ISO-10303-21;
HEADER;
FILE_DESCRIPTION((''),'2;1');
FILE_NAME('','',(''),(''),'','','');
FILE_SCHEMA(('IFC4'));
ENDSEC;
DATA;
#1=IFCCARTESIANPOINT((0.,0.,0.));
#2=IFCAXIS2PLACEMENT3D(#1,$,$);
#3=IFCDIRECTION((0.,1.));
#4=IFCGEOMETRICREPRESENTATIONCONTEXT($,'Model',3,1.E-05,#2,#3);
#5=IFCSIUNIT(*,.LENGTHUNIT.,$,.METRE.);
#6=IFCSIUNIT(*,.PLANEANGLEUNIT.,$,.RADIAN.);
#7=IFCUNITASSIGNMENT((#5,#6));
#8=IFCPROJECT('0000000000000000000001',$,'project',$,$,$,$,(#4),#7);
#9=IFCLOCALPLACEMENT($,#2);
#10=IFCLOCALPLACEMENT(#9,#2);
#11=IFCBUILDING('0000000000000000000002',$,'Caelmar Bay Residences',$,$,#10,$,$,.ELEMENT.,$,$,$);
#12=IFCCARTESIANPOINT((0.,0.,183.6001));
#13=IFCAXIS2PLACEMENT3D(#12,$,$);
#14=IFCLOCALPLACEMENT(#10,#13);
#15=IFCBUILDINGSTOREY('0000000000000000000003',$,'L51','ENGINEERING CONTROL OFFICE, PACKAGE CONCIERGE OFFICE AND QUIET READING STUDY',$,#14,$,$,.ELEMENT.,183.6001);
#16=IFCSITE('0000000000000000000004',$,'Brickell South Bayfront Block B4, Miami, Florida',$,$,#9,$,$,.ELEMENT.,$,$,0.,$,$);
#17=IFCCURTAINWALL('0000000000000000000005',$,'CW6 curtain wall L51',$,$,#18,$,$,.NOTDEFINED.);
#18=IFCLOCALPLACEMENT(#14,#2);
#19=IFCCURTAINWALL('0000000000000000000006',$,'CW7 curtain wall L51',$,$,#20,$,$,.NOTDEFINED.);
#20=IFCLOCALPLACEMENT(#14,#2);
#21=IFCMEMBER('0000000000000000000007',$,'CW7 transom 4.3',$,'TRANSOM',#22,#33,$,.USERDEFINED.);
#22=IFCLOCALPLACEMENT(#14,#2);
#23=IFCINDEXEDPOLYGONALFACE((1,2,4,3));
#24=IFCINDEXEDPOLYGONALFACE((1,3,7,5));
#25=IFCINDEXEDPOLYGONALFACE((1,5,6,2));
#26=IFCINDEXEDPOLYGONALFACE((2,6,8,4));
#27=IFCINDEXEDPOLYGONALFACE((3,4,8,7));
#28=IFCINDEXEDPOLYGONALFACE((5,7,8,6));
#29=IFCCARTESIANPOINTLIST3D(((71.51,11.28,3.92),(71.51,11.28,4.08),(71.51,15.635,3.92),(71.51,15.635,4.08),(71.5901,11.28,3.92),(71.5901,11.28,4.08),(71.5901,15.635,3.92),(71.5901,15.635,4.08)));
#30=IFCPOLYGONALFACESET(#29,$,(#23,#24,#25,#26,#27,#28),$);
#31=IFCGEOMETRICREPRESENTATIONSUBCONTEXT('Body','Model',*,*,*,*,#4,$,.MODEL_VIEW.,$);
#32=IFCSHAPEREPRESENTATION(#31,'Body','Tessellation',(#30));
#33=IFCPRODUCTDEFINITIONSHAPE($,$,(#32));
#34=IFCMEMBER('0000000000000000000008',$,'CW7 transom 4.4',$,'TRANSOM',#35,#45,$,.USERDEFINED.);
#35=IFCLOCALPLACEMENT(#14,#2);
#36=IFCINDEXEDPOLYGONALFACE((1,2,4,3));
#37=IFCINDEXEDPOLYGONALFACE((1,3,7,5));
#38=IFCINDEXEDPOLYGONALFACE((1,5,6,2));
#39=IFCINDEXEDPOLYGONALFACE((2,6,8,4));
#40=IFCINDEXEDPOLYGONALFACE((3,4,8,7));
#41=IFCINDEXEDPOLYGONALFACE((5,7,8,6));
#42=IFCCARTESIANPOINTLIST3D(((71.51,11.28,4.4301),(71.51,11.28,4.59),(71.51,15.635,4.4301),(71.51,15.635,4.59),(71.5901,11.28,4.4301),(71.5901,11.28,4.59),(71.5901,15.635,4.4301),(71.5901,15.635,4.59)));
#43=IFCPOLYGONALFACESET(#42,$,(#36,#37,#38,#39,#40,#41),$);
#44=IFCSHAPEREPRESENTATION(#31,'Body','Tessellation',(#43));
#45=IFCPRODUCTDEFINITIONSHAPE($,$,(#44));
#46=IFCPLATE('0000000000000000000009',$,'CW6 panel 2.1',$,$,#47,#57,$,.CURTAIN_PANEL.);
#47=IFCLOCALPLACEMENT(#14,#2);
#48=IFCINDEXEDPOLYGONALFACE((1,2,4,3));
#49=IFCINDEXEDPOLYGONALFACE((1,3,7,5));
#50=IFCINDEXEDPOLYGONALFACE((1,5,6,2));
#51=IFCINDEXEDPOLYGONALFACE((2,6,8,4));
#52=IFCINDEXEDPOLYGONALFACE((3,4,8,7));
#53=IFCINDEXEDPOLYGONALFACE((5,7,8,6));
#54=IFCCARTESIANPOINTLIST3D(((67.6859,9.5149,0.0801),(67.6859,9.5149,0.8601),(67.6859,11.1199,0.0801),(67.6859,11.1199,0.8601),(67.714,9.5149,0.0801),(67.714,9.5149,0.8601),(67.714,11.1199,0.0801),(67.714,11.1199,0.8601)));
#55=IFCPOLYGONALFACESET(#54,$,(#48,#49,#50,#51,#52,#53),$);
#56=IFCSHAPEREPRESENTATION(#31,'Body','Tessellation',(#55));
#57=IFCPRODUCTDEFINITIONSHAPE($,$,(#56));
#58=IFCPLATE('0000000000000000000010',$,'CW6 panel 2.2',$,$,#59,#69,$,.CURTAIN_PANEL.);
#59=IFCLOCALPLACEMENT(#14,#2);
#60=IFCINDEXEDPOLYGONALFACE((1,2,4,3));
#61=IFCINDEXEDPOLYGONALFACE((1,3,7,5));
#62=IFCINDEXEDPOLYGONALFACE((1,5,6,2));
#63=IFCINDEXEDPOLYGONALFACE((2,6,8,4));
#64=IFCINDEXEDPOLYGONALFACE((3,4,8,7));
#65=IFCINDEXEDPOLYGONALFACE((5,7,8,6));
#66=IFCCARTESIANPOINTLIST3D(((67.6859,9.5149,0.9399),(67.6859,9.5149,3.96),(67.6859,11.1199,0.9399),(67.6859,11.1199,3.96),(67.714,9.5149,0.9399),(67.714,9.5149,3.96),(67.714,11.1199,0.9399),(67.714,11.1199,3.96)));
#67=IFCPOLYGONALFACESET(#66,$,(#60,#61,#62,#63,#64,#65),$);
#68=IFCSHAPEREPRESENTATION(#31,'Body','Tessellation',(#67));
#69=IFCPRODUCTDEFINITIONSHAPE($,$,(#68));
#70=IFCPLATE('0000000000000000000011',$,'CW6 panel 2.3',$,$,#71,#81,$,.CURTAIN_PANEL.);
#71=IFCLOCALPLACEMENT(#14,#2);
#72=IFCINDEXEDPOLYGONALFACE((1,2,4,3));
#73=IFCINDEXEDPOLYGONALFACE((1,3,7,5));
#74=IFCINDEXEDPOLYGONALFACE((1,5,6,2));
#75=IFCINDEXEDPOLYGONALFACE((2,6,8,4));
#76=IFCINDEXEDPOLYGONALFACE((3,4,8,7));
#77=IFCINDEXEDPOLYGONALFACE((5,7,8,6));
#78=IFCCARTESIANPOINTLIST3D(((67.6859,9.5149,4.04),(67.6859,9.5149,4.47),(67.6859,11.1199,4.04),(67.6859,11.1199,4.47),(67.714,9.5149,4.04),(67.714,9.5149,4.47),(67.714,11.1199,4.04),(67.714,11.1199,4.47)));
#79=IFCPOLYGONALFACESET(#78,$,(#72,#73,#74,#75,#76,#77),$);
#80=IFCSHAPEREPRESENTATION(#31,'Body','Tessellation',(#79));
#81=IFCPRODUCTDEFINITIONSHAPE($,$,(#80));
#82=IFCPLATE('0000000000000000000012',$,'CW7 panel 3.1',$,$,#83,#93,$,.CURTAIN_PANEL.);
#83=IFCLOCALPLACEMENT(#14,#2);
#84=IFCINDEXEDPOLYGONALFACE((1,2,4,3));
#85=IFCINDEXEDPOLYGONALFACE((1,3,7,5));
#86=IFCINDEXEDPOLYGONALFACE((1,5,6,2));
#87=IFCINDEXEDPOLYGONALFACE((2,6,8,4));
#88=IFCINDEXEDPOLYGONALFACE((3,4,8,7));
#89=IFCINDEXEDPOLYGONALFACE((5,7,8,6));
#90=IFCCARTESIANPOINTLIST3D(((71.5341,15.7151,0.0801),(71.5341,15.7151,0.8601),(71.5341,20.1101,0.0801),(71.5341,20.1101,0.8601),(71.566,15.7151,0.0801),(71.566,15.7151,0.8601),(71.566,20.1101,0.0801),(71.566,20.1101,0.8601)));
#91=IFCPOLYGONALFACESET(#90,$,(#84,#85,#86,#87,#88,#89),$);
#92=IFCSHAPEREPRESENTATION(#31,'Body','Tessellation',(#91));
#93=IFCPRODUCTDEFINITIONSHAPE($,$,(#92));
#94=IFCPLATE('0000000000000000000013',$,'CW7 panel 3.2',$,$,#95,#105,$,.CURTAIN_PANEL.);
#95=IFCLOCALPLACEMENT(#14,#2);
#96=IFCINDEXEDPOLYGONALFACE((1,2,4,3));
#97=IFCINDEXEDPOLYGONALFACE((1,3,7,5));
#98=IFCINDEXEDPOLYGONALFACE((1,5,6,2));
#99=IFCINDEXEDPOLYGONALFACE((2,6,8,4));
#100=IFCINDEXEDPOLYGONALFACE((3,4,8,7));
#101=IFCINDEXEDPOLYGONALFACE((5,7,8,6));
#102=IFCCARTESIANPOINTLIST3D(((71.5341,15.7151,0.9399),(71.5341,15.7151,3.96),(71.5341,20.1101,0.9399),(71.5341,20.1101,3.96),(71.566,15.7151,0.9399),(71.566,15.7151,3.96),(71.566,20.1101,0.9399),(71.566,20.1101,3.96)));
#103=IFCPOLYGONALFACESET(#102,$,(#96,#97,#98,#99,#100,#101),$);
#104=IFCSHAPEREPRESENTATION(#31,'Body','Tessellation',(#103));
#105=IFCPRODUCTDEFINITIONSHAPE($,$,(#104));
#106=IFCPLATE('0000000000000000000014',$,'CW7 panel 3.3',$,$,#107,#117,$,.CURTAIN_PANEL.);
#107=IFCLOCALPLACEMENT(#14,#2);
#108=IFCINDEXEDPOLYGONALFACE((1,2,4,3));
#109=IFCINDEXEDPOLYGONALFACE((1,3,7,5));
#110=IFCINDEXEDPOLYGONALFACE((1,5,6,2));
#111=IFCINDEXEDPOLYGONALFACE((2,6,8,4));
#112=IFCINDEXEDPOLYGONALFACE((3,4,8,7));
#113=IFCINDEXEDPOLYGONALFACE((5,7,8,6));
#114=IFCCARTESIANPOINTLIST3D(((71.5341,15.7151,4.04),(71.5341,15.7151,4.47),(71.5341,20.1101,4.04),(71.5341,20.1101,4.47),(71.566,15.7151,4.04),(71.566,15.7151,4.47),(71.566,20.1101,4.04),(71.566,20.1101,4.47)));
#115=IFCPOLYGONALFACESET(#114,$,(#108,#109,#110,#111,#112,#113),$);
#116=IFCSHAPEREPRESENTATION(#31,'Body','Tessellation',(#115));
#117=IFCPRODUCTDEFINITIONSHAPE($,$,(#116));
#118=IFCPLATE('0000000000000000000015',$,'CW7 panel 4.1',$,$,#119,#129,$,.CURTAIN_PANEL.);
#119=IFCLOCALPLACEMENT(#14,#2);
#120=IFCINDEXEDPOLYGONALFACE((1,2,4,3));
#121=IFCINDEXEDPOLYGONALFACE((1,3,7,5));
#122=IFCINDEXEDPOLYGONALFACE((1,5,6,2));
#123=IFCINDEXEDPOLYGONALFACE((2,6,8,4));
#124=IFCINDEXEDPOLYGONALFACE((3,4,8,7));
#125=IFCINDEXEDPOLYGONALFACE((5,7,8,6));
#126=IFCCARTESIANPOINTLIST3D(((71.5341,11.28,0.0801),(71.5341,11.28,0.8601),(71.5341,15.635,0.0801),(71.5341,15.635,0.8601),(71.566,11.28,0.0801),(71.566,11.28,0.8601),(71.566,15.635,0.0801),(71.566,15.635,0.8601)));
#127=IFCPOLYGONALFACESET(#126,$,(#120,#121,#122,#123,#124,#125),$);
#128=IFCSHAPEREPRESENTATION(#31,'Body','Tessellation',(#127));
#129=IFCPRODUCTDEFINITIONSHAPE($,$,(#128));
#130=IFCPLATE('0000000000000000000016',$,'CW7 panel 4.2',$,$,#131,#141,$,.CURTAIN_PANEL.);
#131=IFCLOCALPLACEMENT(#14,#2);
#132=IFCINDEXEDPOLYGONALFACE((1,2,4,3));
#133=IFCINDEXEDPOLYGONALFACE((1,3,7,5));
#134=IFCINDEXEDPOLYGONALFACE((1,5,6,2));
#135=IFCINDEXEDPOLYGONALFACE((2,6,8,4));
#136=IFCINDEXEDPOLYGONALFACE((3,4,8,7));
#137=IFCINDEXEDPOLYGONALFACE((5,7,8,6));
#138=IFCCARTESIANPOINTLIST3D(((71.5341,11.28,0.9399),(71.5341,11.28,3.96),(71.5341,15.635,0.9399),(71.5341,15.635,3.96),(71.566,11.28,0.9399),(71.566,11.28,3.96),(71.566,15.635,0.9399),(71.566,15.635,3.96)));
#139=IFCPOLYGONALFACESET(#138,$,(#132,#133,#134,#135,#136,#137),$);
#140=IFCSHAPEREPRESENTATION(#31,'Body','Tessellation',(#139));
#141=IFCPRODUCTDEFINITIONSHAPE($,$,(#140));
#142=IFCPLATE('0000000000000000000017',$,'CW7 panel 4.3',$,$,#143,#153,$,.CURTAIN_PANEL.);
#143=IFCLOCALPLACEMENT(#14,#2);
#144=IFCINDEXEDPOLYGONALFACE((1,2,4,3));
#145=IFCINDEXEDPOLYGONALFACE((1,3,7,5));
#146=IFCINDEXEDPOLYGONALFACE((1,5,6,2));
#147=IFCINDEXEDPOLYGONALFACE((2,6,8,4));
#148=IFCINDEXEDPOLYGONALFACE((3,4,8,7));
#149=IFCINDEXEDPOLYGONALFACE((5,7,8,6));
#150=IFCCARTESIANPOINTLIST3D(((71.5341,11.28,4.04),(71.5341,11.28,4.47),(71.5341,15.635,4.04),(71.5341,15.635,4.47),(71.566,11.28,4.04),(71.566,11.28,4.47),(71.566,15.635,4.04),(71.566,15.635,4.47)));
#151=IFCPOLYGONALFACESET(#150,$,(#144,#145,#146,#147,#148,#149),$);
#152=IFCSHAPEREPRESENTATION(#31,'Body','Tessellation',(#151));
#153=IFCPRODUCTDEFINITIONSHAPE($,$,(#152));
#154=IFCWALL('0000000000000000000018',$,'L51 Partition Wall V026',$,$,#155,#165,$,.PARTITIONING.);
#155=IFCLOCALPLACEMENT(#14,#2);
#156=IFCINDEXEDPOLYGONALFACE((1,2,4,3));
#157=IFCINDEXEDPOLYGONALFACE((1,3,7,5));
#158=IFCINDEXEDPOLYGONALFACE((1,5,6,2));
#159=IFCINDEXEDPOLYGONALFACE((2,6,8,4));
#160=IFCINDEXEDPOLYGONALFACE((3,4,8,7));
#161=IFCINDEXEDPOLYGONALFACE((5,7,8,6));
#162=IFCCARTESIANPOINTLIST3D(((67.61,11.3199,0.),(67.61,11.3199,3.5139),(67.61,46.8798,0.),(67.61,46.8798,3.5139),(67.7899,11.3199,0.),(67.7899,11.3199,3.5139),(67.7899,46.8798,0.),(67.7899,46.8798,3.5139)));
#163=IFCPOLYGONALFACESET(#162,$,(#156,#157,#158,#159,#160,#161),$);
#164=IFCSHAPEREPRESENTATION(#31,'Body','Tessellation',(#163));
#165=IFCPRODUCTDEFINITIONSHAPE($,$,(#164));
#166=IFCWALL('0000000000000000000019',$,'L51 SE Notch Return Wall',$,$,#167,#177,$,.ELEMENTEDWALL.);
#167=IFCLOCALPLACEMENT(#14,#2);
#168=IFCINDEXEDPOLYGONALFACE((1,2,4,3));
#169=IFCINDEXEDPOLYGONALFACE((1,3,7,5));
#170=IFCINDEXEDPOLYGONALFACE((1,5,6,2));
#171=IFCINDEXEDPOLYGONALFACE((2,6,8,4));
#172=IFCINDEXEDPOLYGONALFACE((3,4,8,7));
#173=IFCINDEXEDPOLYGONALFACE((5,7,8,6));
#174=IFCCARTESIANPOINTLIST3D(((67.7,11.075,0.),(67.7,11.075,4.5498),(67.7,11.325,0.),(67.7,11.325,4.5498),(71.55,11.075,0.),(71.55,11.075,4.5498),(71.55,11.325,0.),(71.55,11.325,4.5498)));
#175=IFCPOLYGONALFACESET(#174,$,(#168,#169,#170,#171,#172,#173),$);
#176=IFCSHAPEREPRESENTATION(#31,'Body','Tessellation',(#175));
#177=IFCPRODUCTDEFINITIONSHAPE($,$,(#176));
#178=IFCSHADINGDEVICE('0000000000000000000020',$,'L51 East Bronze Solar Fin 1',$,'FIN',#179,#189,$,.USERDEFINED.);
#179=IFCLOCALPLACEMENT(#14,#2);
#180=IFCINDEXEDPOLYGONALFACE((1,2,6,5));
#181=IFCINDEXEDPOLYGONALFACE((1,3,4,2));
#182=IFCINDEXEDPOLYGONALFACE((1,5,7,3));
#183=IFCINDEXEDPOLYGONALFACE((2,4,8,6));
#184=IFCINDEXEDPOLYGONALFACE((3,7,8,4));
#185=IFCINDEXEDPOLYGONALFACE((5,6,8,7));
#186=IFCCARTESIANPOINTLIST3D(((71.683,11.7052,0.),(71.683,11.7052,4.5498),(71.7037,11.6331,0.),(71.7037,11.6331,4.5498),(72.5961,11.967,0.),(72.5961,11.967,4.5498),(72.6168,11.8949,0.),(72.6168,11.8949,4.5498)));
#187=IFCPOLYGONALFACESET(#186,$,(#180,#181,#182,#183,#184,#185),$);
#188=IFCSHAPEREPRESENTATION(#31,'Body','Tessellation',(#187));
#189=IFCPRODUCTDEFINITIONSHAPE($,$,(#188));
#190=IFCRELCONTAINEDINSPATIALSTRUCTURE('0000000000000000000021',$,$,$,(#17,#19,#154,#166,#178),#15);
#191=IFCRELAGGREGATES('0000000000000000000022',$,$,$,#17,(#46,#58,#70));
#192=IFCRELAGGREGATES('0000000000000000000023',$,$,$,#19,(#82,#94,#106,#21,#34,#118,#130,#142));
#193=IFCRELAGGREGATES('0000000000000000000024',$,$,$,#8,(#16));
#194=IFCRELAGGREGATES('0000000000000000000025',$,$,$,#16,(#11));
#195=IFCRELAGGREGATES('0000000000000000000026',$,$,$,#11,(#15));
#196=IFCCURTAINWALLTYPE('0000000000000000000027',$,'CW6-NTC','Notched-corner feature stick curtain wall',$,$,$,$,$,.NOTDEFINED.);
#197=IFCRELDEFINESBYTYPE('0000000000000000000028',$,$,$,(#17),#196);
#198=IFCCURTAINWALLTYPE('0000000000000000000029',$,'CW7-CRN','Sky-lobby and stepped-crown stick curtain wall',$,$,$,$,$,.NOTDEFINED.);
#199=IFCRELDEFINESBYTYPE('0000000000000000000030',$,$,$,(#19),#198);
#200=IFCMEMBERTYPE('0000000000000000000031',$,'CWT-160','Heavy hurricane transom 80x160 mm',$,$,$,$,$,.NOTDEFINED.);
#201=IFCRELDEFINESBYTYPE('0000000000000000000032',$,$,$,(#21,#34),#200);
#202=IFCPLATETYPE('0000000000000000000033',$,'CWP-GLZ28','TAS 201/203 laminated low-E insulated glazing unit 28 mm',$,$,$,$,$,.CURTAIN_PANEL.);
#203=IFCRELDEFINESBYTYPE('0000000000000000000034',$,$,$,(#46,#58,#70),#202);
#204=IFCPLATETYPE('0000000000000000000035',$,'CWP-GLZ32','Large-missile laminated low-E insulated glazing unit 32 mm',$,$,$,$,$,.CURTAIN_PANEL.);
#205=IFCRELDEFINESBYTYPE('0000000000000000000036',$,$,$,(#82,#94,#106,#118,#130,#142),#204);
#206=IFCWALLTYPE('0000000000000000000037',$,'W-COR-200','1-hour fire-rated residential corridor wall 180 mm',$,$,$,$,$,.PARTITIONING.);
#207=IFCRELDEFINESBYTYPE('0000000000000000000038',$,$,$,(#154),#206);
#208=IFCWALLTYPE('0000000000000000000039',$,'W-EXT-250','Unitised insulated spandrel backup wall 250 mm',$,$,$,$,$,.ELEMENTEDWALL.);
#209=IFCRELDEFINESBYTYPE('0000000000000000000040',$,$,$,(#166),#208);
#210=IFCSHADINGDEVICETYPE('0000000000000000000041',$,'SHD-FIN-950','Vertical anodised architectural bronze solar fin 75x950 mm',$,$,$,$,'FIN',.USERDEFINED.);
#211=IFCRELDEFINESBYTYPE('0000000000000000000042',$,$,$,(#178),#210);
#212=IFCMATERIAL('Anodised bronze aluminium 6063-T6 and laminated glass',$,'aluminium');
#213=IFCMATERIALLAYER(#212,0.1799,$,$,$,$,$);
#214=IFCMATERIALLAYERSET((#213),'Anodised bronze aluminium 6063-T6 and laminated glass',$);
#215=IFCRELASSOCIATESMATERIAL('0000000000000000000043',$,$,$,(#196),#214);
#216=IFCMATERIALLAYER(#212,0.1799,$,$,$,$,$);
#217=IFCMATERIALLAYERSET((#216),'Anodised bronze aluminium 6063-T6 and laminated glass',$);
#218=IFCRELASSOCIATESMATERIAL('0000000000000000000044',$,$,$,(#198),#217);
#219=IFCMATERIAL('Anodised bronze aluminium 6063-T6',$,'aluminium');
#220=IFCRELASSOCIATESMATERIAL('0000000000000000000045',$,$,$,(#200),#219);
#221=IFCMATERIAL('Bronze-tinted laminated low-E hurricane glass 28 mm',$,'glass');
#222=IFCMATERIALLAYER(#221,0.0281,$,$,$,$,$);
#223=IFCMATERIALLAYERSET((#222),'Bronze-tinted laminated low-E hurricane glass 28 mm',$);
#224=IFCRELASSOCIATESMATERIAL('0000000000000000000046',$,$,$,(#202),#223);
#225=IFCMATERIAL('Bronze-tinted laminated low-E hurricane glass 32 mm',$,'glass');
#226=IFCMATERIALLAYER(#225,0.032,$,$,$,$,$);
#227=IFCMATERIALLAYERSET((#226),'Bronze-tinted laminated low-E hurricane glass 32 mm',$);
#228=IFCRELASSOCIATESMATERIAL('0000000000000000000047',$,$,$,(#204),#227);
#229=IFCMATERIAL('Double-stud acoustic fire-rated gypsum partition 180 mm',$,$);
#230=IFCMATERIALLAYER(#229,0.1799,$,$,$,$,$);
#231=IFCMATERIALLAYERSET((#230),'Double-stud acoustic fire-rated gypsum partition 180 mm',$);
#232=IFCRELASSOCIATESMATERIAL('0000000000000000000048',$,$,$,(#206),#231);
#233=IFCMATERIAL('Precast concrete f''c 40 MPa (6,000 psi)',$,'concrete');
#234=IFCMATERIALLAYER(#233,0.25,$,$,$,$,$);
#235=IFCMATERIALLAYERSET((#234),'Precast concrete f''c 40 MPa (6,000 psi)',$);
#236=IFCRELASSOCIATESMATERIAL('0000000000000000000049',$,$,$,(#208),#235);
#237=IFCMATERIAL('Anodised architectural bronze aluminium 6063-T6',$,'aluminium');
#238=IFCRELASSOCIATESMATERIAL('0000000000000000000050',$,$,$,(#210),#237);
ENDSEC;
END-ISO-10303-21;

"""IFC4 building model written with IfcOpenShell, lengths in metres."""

from ifc_helpers import new_model, si_unit, direction, frame, frame_2d, origin, origin_2d, place, context, subcontext, project, spatial, rectangle, extrude, material, layer, layer_set, material_profile, profile_set, type_object, element, aggregate, save


model = new_model("IFC4")

# Units and contexts
model_context = context("Model", 3, precision=1e-05, world=origin(), true_north=direction((0.0, 1.0)))
body_context = subcontext(model_context, "Body", "Model", "MODEL_VIEW")
ifc_project = project(units=[si_unit("LENGTHUNIT", "METRE"), si_unit("PLANEANGLEUNIT", "RADIAN")], contexts=[model_context])

# Site, building, storey
site_placement = place(None, origin())
site = spatial("IfcSite", under=ifc_project, at=site_placement, Name="Brickell South Bayfront Block B4, Miami, Florida", CompositionType="ELEMENT", RefElevation=0.0)
building_placement = place(site_placement, origin())
building = spatial("IfcBuilding", under=site, at=building_placement, Name="Caelmar Bay Residences", CompositionType="ELEMENT")
storey_placement = place(building_placement, frame((0.0, 0.0, 183.6001)))
storey = spatial("IfcBuildingStorey", under=building, at=storey_placement, Name="L51", Description="ENGINEERING CONTROL OFFICE, PACKAGE CONCIERGE OFFICE AND QUIET READING STUDY", CompositionType="ELEMENT", Elevation=183.6001)

# Curtain wall
ifc_material_1 = material(Name="Anodised bronze aluminium 6063-T6 and laminated glass", Category="aluminium")
ifc_layer_1 = layer(ifc_material_1, 0.1799)
ifc_layer_set_1 = layer_set([ifc_layer_1], Name="Anodised bronze aluminium 6063-T6 and laminated glass")
curtain_wall_type_1 = type_object("IfcCurtainWallType", Name="CW6-NTC", Description="Notched-corner feature stick curtain wall", PredefinedType="NOTDEFINED", material=ifc_layer_set_1)
curtain_wall_1_placement = place(storey_placement, origin())
curtain_wall_1 = element("IfcCurtainWall", 1, at=curtain_wall_1_placement, inside=storey, type_object=curtain_wall_type_1, Name="CW6 curtain wall L51", PredefinedType="NOTDEFINED")
ifc_material_2 = material(Name="Anodised bronze aluminium 6063-T6", Category="aluminium")

# Curtain wall
ifc_layer_2 = layer(ifc_material_1, 0.1799)
ifc_layer_set_2 = layer_set([ifc_layer_2], Name="Anodised bronze aluminium 6063-T6 and laminated glass")
curtain_wall_type_2 = type_object("IfcCurtainWallType", Name="CW7-CRN", Description="Sky-lobby and stepped-crown stick curtain wall", PredefinedType="NOTDEFINED", material=ifc_layer_set_2)
curtain_wall_2_placement = place(storey_placement, origin())
curtain_wall_2 = element("IfcCurtainWall", 2, at=curtain_wall_2_placement, inside=storey, type_object=curtain_wall_type_2, Name="CW7 curtain wall L51", PredefinedType="NOTDEFINED")

# Members
ifc_material_profile_1 = material_profile(ifc_material_2, rectangle(XDim=0.0801, YDim=0.1599, at=origin_2d()), Name="CWT-80X160")
ifc_profile_set_1 = profile_set([ifc_material_profile_1], Name="Anodised bronze aluminium 6063-T6")
member_type_1 = type_object("IfcMemberType", Name="CWT-160", Description="Heavy hurricane transom 80x160 mm", PredefinedType="NOTDEFINED", material=ifc_profile_set_1)
member_1_placement = place(storey_placement, frame((71.55, 15.635, 4.0), z_axis=(0.0, -1.0, 0.0), x_axis=(1.0, 0.0, 0.0)))
member_1 = element("IfcMember", 3, at=member_1_placement, type_object=member_type_1, Name="CW7 transom 4.3", ObjectType="TRANSOM", PredefinedType="USERDEFINED", context=body_context, shape_type="SweptSolid", body=[
    extrude(rectangle(XDim=0.0801, YDim=0.1599, at=origin_2d()), origin(), (0.0, 0.0, 1.0), 4.355),
])
member_2_placement = place(storey_placement, frame((71.55, 15.635, 4.51), z_axis=(0.0, -1.0, 0.0), x_axis=(1.0, 0.0, 0.0)))
member_2 = element("IfcMember", 4, at=member_2_placement, type_object=member_type_1, Name="CW7 transom 4.4", ObjectType="TRANSOM", PredefinedType="USERDEFINED", context=body_context, shape_type="SweptSolid", body=[
    extrude(rectangle(XDim=0.0801, YDim=0.1599, at=origin_2d()), origin(), (0.0, 0.0, 1.0), 4.355),
])

# Plates
ifc_material_3 = material(Name="Bronze-tinted laminated low-E hurricane glass 28 mm", Category="glass")
ifc_layer_3 = layer(ifc_material_3, 0.0281)
ifc_layer_set_3 = layer_set([ifc_layer_3], Name="Bronze-tinted laminated low-E hurricane glass 28 mm")
plate_type_1 = type_object("IfcPlateType", Name="CWP-GLZ28", Description="TAS 201/203 laminated low-E insulated glazing unit 28 mm", PredefinedType="CURTAIN_PANEL", material=ifc_layer_set_3)
plate_1_placement = place(storey_placement, frame((67.7, 10.3174, 0.0801), z_axis=(0.0, 0.0, 1.0), x_axis=(0.0, 1.0, 0.0)))
plate_1 = element("IfcPlate", 5, at=plate_1_placement, type_object=plate_type_1, Name="CW6 panel 2.1", PredefinedType="CURTAIN_PANEL", context=body_context, shape_type="SweptSolid", body=[
    extrude(rectangle(XDim=1.605, YDim=0.0281, at=origin_2d()), origin(), (0.0, 0.0, 1.0), 0.78),
])
plate_2_placement = place(storey_placement, frame((67.7, 10.3174, 0.9399), z_axis=(0.0, 0.0, 1.0), x_axis=(0.0, 1.0, 0.0)))
plate_2 = element("IfcPlate", 6, at=plate_2_placement, type_object=plate_type_1, Name="CW6 panel 2.2", PredefinedType="CURTAIN_PANEL", context=body_context, shape_type="SweptSolid", body=[
    extrude(rectangle(XDim=1.605, YDim=0.0281, at=origin_2d()), origin(), (0.0, 0.0, 1.0), 3.02),
])
plate_3_placement = place(storey_placement, frame((67.7, 10.3174, 4.04), z_axis=(0.0, 0.0, 1.0), x_axis=(0.0, 1.0, 0.0)))
plate_3 = element("IfcPlate", 7, at=plate_3_placement, type_object=plate_type_1, Name="CW6 panel 2.3", PredefinedType="CURTAIN_PANEL", context=body_context, shape_type="SweptSolid", body=[
    extrude(rectangle(XDim=1.605, YDim=0.0281, at=origin_2d()), origin(), (0.0, 0.0, 1.0), 0.4299),
])
aggregate(curtain_wall_1, [plate_1, plate_2, plate_3])
ifc_material_4 = material(Name="Bronze-tinted laminated low-E hurricane glass 32 mm", Category="glass")
ifc_layer_4 = layer(ifc_material_4, 0.032)
ifc_layer_set_4 = layer_set([ifc_layer_4], Name="Bronze-tinted laminated low-E hurricane glass 32 mm")
plate_type_2 = type_object("IfcPlateType", Name="CWP-GLZ32", Description="Large-missile laminated low-E insulated glazing unit 32 mm", PredefinedType="CURTAIN_PANEL", material=ifc_layer_set_4)
plate_4_placement = place(storey_placement, frame((71.55, 17.9126, 0.0801), z_axis=(0.0, 0.0, 1.0), x_axis=(0.0, -1.0, 0.0)))
plate_4 = element("IfcPlate", 8, at=plate_4_placement, type_object=plate_type_2, Name="CW7 panel 3.1", PredefinedType="CURTAIN_PANEL", context=body_context, shape_type="SweptSolid", body=[
    extrude(rectangle(XDim=4.395, YDim=0.032, at=origin_2d()), origin(), (0.0, 0.0, 1.0), 0.78),
])
plate_5_placement = place(storey_placement, frame((71.55, 17.9126, 0.9399), z_axis=(0.0, 0.0, 1.0), x_axis=(0.0, -1.0, 0.0)))
plate_5 = element("IfcPlate", 9, at=plate_5_placement, type_object=plate_type_2, Name="CW7 panel 3.2", PredefinedType="CURTAIN_PANEL", context=body_context, shape_type="SweptSolid", body=[
    extrude(rectangle(XDim=4.395, YDim=0.032, at=origin_2d()), origin(), (0.0, 0.0, 1.0), 3.02),
])
plate_6_placement = place(storey_placement, frame((71.55, 17.9126, 4.04), z_axis=(0.0, 0.0, 1.0), x_axis=(0.0, -1.0, 0.0)))
plate_6 = element("IfcPlate", 10, at=plate_6_placement, type_object=plate_type_2, Name="CW7 panel 3.3", PredefinedType="CURTAIN_PANEL", context=body_context, shape_type="SweptSolid", body=[
    extrude(rectangle(XDim=4.395, YDim=0.032, at=origin_2d()), origin(), (0.0, 0.0, 1.0), 0.4299),
])
plate_7_placement = place(storey_placement, frame((71.55, 13.4575, 0.0801), z_axis=(0.0, 0.0, 1.0), x_axis=(0.0, -1.0, 0.0)))
plate_7 = element("IfcPlate", 11, at=plate_7_placement, type_object=plate_type_2, Name="CW7 panel 4.1", PredefinedType="CURTAIN_PANEL", context=body_context, shape_type="SweptSolid", body=[
    extrude(rectangle(XDim=4.355, YDim=0.032, at=origin_2d()), origin(), (0.0, 0.0, 1.0), 0.78),
])
plate_8_placement = place(storey_placement, frame((71.55, 13.4575, 0.9399), z_axis=(0.0, 0.0, 1.0), x_axis=(0.0, -1.0, 0.0)))
plate_8 = element("IfcPlate", 12, at=plate_8_placement, type_object=plate_type_2, Name="CW7 panel 4.2", PredefinedType="CURTAIN_PANEL", context=body_context, shape_type="SweptSolid", body=[
    extrude(rectangle(XDim=4.355, YDim=0.032, at=origin_2d()), origin(), (0.0, 0.0, 1.0), 3.02),
])
plate_9_placement = place(storey_placement, frame((71.55, 13.4575, 4.04), z_axis=(0.0, 0.0, 1.0), x_axis=(0.0, -1.0, 0.0)))
plate_9 = element("IfcPlate", 13, at=plate_9_placement, type_object=plate_type_2, Name="CW7 panel 4.3", PredefinedType="CURTAIN_PANEL", context=body_context, shape_type="SweptSolid", body=[
    extrude(rectangle(XDim=4.355, YDim=0.032, at=origin_2d()), origin(), (0.0, 0.0, 1.0), 0.4299),
])
aggregate(curtain_wall_2, [plate_4, plate_5, plate_6, member_1, member_2, plate_7, plate_8, plate_9])

# Walls
ifc_material_5 = material(Name="Double-stud acoustic fire-rated gypsum partition 180 mm")
ifc_layer_5 = layer(ifc_material_5, 0.1799)
ifc_layer_set_5 = layer_set([ifc_layer_5], Name="Double-stud acoustic fire-rated gypsum partition 180 mm")
wall_type_1 = type_object("IfcWallType", Name="W-COR-200", Description="1-hour fire-rated residential corridor wall 180 mm", PredefinedType="PARTITIONING", material=ifc_layer_set_5)
wall_1_placement = place(storey_placement, frame((67.7, 11.3201, 0.0), z_axis=(0.0, 0.0, 1.0), x_axis=(0.0, 1.0, 0.0)))
element("IfcWall", 14, at=wall_1_placement, inside=storey, type_object=wall_type_1, Name="L51 Partition Wall V026", PredefinedType="PARTITIONING", context=body_context, shape_type="SweptSolid", body=[
    extrude(rectangle(XDim=35.5598, YDim=0.1799, at=frame_2d((17.7798, 0.0))), origin(), (0.0, 0.0, 1.0), 3.5139),
])
ifc_material_6 = material(Name="Precast concrete f'c 40 MPa (6,000 psi)", Category="concrete")
ifc_layer_6 = layer(ifc_material_6, 0.25)
ifc_layer_set_6 = layer_set([ifc_layer_6], Name="Precast concrete f'c 40 MPa (6,000 psi)")
wall_type_2 = type_object("IfcWallType", Name="W-EXT-250", Description="Unitised insulated spandrel backup wall 250 mm", PredefinedType="ELEMENTEDWALL", material=ifc_layer_set_6)
wall_2_placement = place(storey_placement, frame((67.7, 11.2, 0.0), z_axis=(0.0, 0.0, 1.0), x_axis=(1.0, 0.0, 0.0)))
element("IfcWall", 15, at=wall_2_placement, inside=storey, type_object=wall_type_2, Name="L51 SE Notch Return Wall", PredefinedType="ELEMENTEDWALL", context=body_context, shape_type="SweptSolid", body=[
    extrude(rectangle(XDim=3.8501, YDim=0.25, at=frame_2d((1.925, 0.0))), origin(), (0.0, 0.0, 1.0), 4.5498),
])

# Shading device
ifc_material_7 = material(Name="Anodised architectural bronze aluminium 6063-T6", Category="aluminium")
ifc_material_profile_2 = material_profile(ifc_material_7, rectangle(XDim=0.075, YDim=0.95, at=origin_2d()), Name="BRONZE-FIN-75X950")
ifc_profile_set_2 = profile_set([ifc_material_profile_2], Name="Anodised architectural bronze aluminium 6063-T6")
shading_device_type = type_object("IfcShadingDeviceType", Name="SHD-FIN-950", Description="Vertical anodised architectural bronze solar fin 75x950 mm", ElementType="FIN", PredefinedType="USERDEFINED", material=ifc_profile_set_2)
for number, where, z_axis, x_axis, name in (
    (16, (72.1499, 11.8, 0.0), (0.0, 0.0, 1.0), (-0.275637, 0.961262, 0.0), "L51 East Bronze Solar Fin 1"),
):
    element("IfcShadingDevice", number, at=place(storey_placement, frame(where, z_axis=z_axis, x_axis=x_axis)), inside=storey, type_object=shading_device_type, Name=name, ObjectType="FIN", PredefinedType="USERDEFINED", context=body_context, shape_type="SweptSolid", body=[
        extrude(rectangle(XDim=0.075, YDim=0.95, at=origin_2d()), origin(), (0.0, 0.0, 1.0), 4.5498),
    ])

save(model, "model.ifc")
